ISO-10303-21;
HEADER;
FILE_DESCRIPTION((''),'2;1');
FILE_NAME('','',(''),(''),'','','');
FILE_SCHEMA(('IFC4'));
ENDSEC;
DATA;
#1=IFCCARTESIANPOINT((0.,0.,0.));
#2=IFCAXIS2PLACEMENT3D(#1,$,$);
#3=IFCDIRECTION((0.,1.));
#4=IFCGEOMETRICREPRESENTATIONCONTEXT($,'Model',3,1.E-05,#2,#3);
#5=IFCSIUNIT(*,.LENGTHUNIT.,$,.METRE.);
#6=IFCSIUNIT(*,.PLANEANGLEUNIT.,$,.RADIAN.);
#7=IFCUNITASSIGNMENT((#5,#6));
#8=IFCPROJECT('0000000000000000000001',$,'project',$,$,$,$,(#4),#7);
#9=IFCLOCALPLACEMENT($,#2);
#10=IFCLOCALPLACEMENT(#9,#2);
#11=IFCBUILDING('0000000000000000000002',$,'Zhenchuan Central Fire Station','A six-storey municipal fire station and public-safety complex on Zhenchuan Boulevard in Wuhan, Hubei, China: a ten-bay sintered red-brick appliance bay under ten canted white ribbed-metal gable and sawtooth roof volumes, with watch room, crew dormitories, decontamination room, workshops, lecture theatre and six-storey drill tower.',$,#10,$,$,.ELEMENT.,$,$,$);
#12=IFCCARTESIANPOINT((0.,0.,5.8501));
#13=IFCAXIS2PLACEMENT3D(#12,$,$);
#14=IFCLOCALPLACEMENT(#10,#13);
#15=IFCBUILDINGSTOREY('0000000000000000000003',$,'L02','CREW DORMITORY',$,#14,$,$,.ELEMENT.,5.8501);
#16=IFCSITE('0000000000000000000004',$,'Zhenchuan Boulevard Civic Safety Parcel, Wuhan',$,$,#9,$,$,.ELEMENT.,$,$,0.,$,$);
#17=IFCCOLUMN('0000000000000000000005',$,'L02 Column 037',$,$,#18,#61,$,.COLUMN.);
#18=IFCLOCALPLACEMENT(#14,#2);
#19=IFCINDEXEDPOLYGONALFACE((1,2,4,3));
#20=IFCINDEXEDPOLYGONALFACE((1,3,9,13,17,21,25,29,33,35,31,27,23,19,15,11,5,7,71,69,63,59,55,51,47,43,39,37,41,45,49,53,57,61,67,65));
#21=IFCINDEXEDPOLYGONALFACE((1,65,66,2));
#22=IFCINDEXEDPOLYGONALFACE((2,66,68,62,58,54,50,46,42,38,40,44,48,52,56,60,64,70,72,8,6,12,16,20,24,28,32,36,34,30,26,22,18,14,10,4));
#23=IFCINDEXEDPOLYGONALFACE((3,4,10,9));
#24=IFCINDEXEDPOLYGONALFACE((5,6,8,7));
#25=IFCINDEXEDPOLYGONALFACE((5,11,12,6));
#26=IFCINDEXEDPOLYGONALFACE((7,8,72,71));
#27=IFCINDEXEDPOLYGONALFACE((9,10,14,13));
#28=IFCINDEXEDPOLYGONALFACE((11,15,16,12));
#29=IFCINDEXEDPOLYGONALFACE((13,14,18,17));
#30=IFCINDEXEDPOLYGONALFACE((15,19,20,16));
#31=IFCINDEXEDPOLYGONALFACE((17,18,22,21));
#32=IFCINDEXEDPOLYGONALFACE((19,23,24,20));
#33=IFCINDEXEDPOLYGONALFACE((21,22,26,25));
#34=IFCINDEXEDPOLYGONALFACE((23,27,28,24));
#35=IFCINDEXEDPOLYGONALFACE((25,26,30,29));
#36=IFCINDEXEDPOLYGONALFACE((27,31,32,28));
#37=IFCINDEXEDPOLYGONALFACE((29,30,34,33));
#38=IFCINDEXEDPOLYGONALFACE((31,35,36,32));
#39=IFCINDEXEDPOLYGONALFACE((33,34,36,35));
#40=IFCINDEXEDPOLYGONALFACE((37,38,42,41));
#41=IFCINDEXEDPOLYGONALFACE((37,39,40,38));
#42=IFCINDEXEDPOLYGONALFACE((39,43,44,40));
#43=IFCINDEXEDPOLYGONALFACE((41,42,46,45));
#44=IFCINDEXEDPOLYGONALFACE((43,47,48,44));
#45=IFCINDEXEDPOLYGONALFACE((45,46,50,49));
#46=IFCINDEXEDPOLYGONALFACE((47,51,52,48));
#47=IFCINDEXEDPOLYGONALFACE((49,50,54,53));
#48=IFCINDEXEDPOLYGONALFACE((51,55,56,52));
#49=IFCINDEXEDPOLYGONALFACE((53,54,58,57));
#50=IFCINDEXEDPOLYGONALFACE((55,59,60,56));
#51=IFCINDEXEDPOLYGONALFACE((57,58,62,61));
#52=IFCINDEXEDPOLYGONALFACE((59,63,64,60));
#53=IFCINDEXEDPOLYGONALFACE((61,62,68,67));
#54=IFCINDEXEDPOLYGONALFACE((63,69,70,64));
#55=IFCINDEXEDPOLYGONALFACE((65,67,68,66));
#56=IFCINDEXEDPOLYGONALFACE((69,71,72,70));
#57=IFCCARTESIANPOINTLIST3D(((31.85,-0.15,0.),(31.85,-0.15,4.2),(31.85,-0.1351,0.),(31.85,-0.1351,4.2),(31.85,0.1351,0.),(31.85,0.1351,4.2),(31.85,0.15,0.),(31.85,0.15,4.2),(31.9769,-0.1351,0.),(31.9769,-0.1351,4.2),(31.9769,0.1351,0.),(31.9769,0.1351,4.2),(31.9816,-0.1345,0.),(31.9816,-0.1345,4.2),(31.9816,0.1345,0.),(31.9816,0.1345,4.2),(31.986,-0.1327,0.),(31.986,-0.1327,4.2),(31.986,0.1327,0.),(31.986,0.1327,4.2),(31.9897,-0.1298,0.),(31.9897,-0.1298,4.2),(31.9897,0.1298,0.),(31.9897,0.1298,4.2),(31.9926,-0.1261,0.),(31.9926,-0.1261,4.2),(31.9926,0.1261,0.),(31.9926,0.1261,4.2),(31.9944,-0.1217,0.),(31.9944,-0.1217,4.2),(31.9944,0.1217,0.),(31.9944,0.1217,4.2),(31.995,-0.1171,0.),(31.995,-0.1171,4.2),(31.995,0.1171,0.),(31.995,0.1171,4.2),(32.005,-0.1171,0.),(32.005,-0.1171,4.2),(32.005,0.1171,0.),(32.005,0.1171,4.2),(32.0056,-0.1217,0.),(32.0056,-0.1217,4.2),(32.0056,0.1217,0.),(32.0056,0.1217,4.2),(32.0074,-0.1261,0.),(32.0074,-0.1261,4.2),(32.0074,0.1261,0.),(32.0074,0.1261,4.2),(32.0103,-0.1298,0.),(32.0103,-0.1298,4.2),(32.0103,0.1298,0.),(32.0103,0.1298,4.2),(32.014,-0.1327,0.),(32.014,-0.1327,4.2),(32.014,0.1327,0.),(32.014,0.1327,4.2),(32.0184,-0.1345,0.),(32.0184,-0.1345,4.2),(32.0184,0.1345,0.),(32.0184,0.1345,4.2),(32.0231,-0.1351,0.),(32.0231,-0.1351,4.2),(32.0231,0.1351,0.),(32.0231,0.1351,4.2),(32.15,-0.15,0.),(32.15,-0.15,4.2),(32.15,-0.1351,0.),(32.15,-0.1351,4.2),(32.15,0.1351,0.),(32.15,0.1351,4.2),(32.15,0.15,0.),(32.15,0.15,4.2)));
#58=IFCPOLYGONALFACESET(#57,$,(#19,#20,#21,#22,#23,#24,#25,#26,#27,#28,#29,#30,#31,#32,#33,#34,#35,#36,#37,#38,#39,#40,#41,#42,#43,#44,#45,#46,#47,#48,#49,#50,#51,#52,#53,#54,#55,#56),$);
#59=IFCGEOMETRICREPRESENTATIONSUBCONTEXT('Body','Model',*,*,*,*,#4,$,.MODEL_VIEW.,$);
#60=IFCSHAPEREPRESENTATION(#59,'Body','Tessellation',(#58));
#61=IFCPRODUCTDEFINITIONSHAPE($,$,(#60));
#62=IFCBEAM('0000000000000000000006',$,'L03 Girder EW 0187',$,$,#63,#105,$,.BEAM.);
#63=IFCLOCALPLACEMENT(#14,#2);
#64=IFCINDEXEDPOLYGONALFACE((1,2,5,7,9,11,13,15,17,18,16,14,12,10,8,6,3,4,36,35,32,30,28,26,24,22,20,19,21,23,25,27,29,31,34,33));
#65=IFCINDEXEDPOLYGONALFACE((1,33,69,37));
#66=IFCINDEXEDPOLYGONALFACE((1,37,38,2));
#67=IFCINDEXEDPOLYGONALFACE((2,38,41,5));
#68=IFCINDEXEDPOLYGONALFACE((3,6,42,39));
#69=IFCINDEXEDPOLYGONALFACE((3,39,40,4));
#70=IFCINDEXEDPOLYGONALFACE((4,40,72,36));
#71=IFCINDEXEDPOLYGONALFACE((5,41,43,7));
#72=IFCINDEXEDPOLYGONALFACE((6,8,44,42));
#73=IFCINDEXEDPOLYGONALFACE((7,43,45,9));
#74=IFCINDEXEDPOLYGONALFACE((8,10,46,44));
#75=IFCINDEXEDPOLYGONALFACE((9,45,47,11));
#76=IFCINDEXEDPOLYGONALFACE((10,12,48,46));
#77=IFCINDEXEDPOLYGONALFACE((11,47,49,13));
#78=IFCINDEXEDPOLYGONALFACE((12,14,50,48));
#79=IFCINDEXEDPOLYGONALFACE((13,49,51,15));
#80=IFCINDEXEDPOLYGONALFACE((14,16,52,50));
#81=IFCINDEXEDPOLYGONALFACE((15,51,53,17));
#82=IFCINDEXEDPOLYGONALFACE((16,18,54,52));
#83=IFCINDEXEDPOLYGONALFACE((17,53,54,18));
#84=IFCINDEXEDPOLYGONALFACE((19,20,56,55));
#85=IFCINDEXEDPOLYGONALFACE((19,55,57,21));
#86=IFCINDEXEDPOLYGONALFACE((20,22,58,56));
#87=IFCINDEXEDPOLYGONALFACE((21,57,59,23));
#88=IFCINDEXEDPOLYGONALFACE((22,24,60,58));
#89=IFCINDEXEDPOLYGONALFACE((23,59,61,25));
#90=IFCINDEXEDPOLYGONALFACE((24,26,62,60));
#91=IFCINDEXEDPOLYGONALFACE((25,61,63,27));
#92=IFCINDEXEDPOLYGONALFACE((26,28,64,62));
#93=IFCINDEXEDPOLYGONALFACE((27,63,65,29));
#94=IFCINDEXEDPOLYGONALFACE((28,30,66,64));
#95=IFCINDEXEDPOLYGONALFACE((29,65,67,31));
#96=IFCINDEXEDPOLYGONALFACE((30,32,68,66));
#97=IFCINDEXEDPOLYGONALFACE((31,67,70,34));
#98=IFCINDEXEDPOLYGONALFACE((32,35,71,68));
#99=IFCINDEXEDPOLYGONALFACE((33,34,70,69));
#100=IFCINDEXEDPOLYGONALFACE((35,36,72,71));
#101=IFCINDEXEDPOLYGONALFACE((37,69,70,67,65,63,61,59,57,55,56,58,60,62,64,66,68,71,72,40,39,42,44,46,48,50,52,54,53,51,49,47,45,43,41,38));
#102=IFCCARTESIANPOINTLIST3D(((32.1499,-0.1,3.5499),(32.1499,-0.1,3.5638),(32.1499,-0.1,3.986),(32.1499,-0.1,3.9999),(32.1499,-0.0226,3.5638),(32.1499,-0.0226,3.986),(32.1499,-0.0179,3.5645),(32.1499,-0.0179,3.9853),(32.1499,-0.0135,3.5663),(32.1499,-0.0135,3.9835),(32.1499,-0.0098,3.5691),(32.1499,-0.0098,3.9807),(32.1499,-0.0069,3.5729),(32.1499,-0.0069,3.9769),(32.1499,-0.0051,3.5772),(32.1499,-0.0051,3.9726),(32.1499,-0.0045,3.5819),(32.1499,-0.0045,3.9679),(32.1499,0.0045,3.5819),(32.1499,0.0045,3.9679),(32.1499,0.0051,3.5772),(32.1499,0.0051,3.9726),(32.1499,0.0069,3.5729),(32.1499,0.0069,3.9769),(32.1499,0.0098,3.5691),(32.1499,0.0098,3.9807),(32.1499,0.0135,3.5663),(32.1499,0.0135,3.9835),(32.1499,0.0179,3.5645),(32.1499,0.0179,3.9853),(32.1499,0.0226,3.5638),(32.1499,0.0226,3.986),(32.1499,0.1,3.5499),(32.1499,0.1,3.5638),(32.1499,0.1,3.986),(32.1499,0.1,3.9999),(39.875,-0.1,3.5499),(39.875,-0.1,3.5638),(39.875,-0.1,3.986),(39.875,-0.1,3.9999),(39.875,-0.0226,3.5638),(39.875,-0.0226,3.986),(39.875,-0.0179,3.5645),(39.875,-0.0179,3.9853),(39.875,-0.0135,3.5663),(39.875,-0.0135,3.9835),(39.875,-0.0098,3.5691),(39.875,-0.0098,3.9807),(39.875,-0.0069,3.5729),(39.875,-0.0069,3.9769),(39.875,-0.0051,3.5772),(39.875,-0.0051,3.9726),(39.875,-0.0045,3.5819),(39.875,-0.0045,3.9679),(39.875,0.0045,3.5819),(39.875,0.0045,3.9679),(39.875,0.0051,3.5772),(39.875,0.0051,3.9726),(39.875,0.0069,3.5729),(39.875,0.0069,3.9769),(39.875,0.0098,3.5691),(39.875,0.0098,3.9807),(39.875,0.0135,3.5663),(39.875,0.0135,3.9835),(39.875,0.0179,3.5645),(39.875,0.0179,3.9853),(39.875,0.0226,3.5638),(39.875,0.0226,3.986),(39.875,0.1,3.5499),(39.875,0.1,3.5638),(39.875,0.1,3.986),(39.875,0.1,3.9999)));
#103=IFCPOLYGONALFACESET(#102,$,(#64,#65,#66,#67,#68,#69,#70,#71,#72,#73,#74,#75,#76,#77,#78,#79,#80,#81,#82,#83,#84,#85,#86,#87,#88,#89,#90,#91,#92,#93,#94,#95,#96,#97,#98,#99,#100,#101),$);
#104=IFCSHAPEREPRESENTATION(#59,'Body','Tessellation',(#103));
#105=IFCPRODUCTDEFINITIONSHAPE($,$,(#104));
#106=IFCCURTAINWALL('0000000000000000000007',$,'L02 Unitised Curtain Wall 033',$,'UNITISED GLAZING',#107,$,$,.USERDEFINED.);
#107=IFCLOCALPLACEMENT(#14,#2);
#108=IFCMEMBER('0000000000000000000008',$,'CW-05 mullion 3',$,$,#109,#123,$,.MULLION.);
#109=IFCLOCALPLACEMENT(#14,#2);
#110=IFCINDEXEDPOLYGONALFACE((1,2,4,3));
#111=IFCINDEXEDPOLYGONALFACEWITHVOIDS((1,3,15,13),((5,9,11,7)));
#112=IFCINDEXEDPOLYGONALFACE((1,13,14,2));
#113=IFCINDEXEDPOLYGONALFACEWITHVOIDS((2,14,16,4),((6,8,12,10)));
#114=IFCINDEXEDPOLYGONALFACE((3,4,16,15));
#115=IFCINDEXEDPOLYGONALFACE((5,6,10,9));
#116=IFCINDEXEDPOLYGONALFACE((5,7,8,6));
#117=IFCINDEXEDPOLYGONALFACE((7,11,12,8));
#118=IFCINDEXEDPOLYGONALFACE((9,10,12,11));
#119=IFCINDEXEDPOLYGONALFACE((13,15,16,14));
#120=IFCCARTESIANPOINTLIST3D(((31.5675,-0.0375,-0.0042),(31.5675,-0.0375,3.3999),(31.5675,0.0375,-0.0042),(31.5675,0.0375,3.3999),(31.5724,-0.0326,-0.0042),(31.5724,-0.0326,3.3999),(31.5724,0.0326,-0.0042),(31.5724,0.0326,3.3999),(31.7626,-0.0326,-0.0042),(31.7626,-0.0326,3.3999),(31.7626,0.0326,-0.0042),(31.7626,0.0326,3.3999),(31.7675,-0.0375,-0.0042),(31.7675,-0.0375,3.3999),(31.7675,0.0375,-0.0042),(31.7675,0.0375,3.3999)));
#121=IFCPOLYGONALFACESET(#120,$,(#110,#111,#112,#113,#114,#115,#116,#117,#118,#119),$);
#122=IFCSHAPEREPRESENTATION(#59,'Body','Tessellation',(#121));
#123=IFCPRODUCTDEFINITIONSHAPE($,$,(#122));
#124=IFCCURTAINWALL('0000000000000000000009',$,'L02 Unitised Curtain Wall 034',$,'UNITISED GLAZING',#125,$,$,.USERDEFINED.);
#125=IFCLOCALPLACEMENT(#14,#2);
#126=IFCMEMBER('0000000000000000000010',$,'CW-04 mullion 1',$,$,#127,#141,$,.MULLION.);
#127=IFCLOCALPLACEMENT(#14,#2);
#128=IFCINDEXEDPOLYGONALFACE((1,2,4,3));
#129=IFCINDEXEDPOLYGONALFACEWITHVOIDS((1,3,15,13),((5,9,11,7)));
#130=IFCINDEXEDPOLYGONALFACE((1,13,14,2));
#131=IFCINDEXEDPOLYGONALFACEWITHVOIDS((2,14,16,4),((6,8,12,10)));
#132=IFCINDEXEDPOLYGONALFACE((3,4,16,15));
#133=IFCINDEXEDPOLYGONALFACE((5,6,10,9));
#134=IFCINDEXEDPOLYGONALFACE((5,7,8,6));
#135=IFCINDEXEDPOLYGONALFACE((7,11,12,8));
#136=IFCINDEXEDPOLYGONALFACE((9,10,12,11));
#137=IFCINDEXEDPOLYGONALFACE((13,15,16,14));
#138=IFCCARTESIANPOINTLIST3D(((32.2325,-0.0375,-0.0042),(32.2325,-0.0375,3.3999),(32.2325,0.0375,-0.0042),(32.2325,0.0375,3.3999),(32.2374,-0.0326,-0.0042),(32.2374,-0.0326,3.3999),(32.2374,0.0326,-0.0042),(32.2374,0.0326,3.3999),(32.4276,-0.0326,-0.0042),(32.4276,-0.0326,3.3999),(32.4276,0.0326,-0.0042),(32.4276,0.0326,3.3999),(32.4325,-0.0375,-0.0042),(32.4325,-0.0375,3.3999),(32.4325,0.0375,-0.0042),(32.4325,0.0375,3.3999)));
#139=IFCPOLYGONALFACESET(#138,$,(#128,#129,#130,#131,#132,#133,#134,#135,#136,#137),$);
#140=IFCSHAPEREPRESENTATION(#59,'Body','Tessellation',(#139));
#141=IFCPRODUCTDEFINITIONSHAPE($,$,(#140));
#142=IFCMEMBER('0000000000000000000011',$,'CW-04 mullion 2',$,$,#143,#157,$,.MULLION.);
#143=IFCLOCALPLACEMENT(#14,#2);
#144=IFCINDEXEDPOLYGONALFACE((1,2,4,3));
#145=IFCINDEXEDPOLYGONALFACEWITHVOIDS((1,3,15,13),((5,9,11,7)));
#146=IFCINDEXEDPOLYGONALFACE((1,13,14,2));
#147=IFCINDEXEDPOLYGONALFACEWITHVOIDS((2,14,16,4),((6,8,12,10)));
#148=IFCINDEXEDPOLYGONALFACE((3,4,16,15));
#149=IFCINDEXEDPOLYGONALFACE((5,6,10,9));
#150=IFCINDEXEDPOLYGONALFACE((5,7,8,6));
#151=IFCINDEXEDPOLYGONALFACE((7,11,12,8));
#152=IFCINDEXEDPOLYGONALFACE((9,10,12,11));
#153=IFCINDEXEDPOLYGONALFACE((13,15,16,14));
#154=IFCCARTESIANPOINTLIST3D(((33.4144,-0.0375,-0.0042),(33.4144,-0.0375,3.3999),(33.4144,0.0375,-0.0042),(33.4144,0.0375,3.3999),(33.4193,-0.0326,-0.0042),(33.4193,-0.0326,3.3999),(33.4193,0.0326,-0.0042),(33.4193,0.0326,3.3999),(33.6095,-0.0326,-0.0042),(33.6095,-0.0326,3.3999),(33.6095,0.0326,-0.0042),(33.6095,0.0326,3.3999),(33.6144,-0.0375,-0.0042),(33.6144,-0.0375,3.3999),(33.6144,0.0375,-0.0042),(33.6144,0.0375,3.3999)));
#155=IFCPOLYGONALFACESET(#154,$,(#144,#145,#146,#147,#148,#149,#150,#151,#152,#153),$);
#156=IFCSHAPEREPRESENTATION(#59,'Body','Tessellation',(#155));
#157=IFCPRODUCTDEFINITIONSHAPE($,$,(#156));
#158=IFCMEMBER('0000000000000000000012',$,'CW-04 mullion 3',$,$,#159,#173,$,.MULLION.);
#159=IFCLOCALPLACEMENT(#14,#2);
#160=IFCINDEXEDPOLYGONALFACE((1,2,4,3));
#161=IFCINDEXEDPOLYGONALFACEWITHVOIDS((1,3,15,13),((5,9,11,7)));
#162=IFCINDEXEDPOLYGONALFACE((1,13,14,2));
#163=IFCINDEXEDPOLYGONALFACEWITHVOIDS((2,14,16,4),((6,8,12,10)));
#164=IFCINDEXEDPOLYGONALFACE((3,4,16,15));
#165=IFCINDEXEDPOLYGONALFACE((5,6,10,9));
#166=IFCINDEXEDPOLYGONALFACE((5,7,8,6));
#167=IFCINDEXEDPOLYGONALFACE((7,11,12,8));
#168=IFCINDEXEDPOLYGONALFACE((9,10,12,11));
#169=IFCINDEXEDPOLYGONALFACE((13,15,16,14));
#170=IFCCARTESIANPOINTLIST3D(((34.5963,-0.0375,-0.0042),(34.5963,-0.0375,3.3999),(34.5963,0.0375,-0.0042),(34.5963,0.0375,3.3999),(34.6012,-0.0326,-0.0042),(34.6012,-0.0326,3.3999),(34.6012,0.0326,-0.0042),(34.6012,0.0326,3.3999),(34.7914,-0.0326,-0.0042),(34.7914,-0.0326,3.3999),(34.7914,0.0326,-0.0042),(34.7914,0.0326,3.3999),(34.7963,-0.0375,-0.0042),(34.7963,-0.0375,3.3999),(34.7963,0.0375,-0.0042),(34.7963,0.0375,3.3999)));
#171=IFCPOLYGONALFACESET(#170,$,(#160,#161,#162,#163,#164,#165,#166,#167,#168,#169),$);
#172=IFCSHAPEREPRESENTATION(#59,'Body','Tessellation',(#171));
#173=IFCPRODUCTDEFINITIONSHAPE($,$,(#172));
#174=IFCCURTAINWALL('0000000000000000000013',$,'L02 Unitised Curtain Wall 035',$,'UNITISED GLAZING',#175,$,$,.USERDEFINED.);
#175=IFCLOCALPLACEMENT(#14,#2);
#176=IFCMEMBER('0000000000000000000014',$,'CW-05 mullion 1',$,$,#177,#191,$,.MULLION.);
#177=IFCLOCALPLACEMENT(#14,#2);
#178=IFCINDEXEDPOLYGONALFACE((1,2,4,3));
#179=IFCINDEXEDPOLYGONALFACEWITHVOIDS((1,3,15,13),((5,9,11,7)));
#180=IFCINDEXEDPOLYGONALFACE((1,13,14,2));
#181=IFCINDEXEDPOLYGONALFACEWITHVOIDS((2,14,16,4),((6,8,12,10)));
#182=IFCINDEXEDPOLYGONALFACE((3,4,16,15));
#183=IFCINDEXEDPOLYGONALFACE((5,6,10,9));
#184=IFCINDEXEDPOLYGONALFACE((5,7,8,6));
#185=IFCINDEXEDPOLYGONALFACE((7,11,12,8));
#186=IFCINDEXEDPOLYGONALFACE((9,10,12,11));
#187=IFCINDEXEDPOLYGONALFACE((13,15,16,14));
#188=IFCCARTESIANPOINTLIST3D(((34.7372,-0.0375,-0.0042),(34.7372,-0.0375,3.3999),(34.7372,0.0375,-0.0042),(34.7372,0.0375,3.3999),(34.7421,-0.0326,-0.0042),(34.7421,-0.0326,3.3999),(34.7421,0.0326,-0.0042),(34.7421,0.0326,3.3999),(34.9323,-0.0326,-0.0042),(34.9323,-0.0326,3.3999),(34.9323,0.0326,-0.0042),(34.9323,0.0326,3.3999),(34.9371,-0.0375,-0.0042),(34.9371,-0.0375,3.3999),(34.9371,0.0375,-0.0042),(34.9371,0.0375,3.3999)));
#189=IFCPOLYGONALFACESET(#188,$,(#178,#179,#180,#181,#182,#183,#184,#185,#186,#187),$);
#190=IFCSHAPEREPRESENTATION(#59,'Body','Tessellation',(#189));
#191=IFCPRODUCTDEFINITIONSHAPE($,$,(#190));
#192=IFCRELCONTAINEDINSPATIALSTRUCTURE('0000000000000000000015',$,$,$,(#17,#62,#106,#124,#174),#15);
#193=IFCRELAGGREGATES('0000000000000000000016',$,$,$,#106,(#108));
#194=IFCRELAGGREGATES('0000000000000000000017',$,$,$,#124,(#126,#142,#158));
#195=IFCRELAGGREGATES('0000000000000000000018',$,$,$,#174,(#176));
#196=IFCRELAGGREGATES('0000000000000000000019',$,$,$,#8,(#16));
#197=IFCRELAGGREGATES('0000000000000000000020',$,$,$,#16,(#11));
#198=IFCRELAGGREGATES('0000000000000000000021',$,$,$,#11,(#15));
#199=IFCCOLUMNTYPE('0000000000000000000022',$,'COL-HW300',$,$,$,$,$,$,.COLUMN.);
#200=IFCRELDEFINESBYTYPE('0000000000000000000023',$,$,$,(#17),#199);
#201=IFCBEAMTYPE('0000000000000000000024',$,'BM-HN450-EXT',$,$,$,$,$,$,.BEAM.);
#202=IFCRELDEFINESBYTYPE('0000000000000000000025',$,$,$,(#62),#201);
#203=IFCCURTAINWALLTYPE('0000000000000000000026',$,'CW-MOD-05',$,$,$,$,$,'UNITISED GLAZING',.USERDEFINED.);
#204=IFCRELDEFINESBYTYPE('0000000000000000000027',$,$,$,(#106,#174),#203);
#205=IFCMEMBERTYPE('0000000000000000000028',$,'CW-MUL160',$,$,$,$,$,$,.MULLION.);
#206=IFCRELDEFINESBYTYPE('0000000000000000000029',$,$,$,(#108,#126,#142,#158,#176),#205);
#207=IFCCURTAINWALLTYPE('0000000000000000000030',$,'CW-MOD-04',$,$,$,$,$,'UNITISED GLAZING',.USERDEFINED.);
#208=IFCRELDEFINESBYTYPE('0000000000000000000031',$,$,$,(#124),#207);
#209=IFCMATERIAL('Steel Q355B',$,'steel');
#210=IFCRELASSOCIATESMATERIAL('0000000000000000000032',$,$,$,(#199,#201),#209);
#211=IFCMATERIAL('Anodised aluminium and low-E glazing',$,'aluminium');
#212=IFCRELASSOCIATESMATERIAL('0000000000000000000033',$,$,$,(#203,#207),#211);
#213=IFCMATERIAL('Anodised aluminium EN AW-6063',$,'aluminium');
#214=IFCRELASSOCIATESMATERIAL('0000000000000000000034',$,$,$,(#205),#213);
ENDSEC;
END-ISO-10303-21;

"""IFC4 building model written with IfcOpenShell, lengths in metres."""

from ifc_helpers import new_model, si_unit, direction, frame, origin, origin_2d, place, context, subcontext, project, spatial, hollow_rectangle, i_section, extrude, material, material_profile, profile_set, type_object, element, aggregate, save


model = new_model("IFC4")

# Units and contexts
model_context = context("Model", 3, precision=1e-05, world=origin(), true_north=direction((0.0, 1.0)))
body_context = subcontext(model_context, "Body", "Model", "MODEL_VIEW")
ifc_project = project(units=[si_unit("LENGTHUNIT", "METRE"), si_unit("PLANEANGLEUNIT", "RADIAN")], contexts=[model_context])

# Site, building, storey
site_placement = place(None, origin())
site = spatial("IfcSite", under=ifc_project, at=site_placement, Name="Zhenchuan Boulevard Civic Safety Parcel, Wuhan", CompositionType="ELEMENT", RefElevation=0.0)
building_placement = place(site_placement, origin())
building = spatial("IfcBuilding", under=site, at=building_placement, Name="Zhenchuan Central Fire Station", Description="A six-storey municipal fire station and public-safety complex on Zhenchuan Boulevard in Wuhan, Hubei, China: a ten-bay sintered red-brick appliance bay under ten canted white ribbed-metal gable and sawtooth roof volumes, with watch room, crew dormitories, decontamination room, workshops, lecture theatre and six-storey drill tower.", CompositionType="ELEMENT")
storey_placement = place(building_placement, frame((0.0, 0.0, 5.8501)))
storey = spatial("IfcBuildingStorey", under=building, at=storey_placement, Name="L02", Description="CREW DORMITORY", CompositionType="ELEMENT", Elevation=5.8501)

# Column
ifc_material_1 = material(Name="Steel Q355B", Category="steel")
ifc_material_profile_1 = material_profile(ifc_material_1, i_section(OverallWidth=0.3, OverallDepth=0.3, WebThickness=0.01, FlangeThickness=0.0149, FilletRadius=0.0181, at=origin_2d()), Name="HW 300x300")
ifc_profile_set_1 = profile_set([ifc_material_profile_1], Name="Steel Q355B")
column_type = type_object("IfcColumnType", Name="COL-HW300", PredefinedType="COLUMN", material=ifc_profile_set_1)
column_placement = place(storey_placement, frame((32.0, 0.0, 0.0), z_axis=(0.0, 0.0, 1.0), x_axis=(1.0, 0.0, 0.0)))
element("IfcColumn", 1, at=column_placement, inside=storey, type_object=column_type, Name="L02 Column 037", PredefinedType="COLUMN", context=body_context, shape_type="SweptSolid", body=[
    extrude(i_section(OverallWidth=0.3, OverallDepth=0.3, WebThickness=0.01, FlangeThickness=0.0149, FilletRadius=0.0181, at=origin_2d()), origin(), (0.0, 0.0, 1.0), 4.2),
])

# Beam
ifc_material_profile_2 = material_profile(ifc_material_1, i_section(OverallWidth=0.2, OverallDepth=0.45, WebThickness=0.009, FlangeThickness=0.0139, FilletRadius=0.0181, at=origin_2d()), Name="HN 450x200")
ifc_profile_set_2 = profile_set([ifc_material_profile_2], Name="Steel Q355B")
beam_type = type_object("IfcBeamType", Name="BM-HN450-EXT", PredefinedType="BEAM", material=ifc_profile_set_2)
beam_placement = place(storey_placement, frame((32.1499, 0.0, 3.7749), z_axis=(1.0, 0.0, 0.0), x_axis=(0.0, 1.0, 0.0)))
element("IfcBeam", 2, at=beam_placement, inside=storey, type_object=beam_type, Name="L03 Girder EW 0187", PredefinedType="BEAM", context=body_context, shape_type="SweptSolid", body=[
    extrude(i_section(OverallWidth=0.2, OverallDepth=0.45, WebThickness=0.009, FlangeThickness=0.0139, FilletRadius=0.0181, at=origin_2d()), origin(), (0.0, 0.0, 1.0), 7.7251),
])

# Curtain wall, member
ifc_material_2 = material(Name="Anodised aluminium and low-E glazing", Category="aluminium")
curtain_wall_type_1 = type_object("IfcCurtainWallType", Name="CW-MOD-05", ElementType="UNITISED GLAZING", PredefinedType="USERDEFINED", material=ifc_material_2)
curtain_wall_1_placement = place(storey_placement, origin())
curtain_wall_1 = element("IfcCurtainWall", 3, at=curtain_wall_1_placement, inside=storey, type_object=curtain_wall_type_1, Name="L02 Unitised Curtain Wall 033", ObjectType="UNITISED GLAZING", PredefinedType="USERDEFINED")
ifc_material_3 = material(Name="Anodised aluminium EN AW-6063", Category="aluminium")
ifc_material_profile_3 = material_profile(ifc_material_3, hollow_rectangle(XDim=0.075, YDim=0.2, WallThickness=0.0049, at=origin_2d()), Name="ALU-M 200x75")
ifc_profile_set_3 = profile_set([ifc_material_profile_3], Name="Anodised aluminium EN AW-6063")
member_type_1 = type_object("IfcMemberType", Name="CW-MUL160", PredefinedType="MULLION", material=ifc_profile_set_3)
member_1_placement = place(storey_placement, frame((31.6675, 0.0, -0.0042), z_axis=(0.0, 0.0, 1.0), x_axis=(0.0, 1.0, 0.0)))
member_1 = element("IfcMember", 4, at=member_1_placement, type_object=member_type_1, Name="CW-05 mullion 3", PredefinedType="MULLION", context=body_context, shape_type="SweptSolid", body=[
    extrude(hollow_rectangle(XDim=0.075, YDim=0.2, WallThickness=0.0049, at=origin_2d()), origin(), (0.0, 0.0, 1.0), 3.4041),
])

# Curtain walls, members
curtain_wall_type_2 = type_object("IfcCurtainWallType", Name="CW-MOD-04", ElementType="UNITISED GLAZING", PredefinedType="USERDEFINED", material=ifc_material_2)
curtain_wall_2_placement = place(storey_placement, origin())
curtain_wall_2 = element("IfcCurtainWall", 5, at=curtain_wall_2_placement, inside=storey, type_object=curtain_wall_type_2, Name="L02 Unitised Curtain Wall 034", ObjectType="UNITISED GLAZING", PredefinedType="USERDEFINED")
member_2_placement = place(storey_placement, frame((32.3325, 0.0, -0.0042), z_axis=(0.0, 0.0, 1.0), x_axis=(0.0, 1.0, 0.0)))
member_2 = element("IfcMember", 6, at=member_2_placement, type_object=member_type_1, Name="CW-04 mullion 1", PredefinedType="MULLION", context=body_context, shape_type="SweptSolid", body=[
    extrude(hollow_rectangle(XDim=0.075, YDim=0.2, WallThickness=0.0049, at=origin_2d()), origin(), (0.0, 0.0, 1.0), 3.4041),
])
member_3_placement = place(storey_placement, frame((33.5144, 0.0, -0.0042), z_axis=(0.0, 0.0, 1.0), x_axis=(0.0, 1.0, 0.0)))
member_3 = element("IfcMember", 7, at=member_3_placement, type_object=member_type_1, Name="CW-04 mullion 2", PredefinedType="MULLION", context=body_context, shape_type="SweptSolid", body=[
    extrude(hollow_rectangle(XDim=0.075, YDim=0.2, WallThickness=0.0049, at=origin_2d()), origin(), (0.0, 0.0, 1.0), 3.4041),
])
member_4_placement = place(storey_placement, frame((34.6963, 0.0, -0.0042), z_axis=(0.0, 0.0, 1.0), x_axis=(0.0, 1.0, 0.0)))
member_4 = element("IfcMember", 8, at=member_4_placement, type_object=member_type_1, Name="CW-04 mullion 3", PredefinedType="MULLION", context=body_context, shape_type="SweptSolid", body=[
    extrude(hollow_rectangle(XDim=0.075, YDim=0.2, WallThickness=0.0049, at=origin_2d()), origin(), (0.0, 0.0, 1.0), 3.4041),
])
curtain_wall_3_placement = place(storey_placement, origin())
curtain_wall_3 = element("IfcCurtainWall", 9, at=curtain_wall_3_placement, inside=storey, type_object=curtain_wall_type_1, Name="L02 Unitised Curtain Wall 035", ObjectType="UNITISED GLAZING", PredefinedType="USERDEFINED")
member_5_placement = place(storey_placement, frame((34.8372, 0.0, -0.0042), z_axis=(0.0, 0.0, 1.0), x_axis=(0.0, 1.0, 0.0)))
member_5 = element("IfcMember", 10, at=member_5_placement, type_object=member_type_1, Name="CW-05 mullion 1", PredefinedType="MULLION", context=body_context, shape_type="SweptSolid", body=[
    extrude(hollow_rectangle(XDim=0.075, YDim=0.2, WallThickness=0.0049, at=origin_2d()), origin(), (0.0, 0.0, 1.0), 3.4041),
])

aggregate(curtain_wall_1, [member_1])
aggregate(curtain_wall_2, [member_2, member_3, member_4])
aggregate(curtain_wall_3, [member_5])

save(model, "model.ifc")
